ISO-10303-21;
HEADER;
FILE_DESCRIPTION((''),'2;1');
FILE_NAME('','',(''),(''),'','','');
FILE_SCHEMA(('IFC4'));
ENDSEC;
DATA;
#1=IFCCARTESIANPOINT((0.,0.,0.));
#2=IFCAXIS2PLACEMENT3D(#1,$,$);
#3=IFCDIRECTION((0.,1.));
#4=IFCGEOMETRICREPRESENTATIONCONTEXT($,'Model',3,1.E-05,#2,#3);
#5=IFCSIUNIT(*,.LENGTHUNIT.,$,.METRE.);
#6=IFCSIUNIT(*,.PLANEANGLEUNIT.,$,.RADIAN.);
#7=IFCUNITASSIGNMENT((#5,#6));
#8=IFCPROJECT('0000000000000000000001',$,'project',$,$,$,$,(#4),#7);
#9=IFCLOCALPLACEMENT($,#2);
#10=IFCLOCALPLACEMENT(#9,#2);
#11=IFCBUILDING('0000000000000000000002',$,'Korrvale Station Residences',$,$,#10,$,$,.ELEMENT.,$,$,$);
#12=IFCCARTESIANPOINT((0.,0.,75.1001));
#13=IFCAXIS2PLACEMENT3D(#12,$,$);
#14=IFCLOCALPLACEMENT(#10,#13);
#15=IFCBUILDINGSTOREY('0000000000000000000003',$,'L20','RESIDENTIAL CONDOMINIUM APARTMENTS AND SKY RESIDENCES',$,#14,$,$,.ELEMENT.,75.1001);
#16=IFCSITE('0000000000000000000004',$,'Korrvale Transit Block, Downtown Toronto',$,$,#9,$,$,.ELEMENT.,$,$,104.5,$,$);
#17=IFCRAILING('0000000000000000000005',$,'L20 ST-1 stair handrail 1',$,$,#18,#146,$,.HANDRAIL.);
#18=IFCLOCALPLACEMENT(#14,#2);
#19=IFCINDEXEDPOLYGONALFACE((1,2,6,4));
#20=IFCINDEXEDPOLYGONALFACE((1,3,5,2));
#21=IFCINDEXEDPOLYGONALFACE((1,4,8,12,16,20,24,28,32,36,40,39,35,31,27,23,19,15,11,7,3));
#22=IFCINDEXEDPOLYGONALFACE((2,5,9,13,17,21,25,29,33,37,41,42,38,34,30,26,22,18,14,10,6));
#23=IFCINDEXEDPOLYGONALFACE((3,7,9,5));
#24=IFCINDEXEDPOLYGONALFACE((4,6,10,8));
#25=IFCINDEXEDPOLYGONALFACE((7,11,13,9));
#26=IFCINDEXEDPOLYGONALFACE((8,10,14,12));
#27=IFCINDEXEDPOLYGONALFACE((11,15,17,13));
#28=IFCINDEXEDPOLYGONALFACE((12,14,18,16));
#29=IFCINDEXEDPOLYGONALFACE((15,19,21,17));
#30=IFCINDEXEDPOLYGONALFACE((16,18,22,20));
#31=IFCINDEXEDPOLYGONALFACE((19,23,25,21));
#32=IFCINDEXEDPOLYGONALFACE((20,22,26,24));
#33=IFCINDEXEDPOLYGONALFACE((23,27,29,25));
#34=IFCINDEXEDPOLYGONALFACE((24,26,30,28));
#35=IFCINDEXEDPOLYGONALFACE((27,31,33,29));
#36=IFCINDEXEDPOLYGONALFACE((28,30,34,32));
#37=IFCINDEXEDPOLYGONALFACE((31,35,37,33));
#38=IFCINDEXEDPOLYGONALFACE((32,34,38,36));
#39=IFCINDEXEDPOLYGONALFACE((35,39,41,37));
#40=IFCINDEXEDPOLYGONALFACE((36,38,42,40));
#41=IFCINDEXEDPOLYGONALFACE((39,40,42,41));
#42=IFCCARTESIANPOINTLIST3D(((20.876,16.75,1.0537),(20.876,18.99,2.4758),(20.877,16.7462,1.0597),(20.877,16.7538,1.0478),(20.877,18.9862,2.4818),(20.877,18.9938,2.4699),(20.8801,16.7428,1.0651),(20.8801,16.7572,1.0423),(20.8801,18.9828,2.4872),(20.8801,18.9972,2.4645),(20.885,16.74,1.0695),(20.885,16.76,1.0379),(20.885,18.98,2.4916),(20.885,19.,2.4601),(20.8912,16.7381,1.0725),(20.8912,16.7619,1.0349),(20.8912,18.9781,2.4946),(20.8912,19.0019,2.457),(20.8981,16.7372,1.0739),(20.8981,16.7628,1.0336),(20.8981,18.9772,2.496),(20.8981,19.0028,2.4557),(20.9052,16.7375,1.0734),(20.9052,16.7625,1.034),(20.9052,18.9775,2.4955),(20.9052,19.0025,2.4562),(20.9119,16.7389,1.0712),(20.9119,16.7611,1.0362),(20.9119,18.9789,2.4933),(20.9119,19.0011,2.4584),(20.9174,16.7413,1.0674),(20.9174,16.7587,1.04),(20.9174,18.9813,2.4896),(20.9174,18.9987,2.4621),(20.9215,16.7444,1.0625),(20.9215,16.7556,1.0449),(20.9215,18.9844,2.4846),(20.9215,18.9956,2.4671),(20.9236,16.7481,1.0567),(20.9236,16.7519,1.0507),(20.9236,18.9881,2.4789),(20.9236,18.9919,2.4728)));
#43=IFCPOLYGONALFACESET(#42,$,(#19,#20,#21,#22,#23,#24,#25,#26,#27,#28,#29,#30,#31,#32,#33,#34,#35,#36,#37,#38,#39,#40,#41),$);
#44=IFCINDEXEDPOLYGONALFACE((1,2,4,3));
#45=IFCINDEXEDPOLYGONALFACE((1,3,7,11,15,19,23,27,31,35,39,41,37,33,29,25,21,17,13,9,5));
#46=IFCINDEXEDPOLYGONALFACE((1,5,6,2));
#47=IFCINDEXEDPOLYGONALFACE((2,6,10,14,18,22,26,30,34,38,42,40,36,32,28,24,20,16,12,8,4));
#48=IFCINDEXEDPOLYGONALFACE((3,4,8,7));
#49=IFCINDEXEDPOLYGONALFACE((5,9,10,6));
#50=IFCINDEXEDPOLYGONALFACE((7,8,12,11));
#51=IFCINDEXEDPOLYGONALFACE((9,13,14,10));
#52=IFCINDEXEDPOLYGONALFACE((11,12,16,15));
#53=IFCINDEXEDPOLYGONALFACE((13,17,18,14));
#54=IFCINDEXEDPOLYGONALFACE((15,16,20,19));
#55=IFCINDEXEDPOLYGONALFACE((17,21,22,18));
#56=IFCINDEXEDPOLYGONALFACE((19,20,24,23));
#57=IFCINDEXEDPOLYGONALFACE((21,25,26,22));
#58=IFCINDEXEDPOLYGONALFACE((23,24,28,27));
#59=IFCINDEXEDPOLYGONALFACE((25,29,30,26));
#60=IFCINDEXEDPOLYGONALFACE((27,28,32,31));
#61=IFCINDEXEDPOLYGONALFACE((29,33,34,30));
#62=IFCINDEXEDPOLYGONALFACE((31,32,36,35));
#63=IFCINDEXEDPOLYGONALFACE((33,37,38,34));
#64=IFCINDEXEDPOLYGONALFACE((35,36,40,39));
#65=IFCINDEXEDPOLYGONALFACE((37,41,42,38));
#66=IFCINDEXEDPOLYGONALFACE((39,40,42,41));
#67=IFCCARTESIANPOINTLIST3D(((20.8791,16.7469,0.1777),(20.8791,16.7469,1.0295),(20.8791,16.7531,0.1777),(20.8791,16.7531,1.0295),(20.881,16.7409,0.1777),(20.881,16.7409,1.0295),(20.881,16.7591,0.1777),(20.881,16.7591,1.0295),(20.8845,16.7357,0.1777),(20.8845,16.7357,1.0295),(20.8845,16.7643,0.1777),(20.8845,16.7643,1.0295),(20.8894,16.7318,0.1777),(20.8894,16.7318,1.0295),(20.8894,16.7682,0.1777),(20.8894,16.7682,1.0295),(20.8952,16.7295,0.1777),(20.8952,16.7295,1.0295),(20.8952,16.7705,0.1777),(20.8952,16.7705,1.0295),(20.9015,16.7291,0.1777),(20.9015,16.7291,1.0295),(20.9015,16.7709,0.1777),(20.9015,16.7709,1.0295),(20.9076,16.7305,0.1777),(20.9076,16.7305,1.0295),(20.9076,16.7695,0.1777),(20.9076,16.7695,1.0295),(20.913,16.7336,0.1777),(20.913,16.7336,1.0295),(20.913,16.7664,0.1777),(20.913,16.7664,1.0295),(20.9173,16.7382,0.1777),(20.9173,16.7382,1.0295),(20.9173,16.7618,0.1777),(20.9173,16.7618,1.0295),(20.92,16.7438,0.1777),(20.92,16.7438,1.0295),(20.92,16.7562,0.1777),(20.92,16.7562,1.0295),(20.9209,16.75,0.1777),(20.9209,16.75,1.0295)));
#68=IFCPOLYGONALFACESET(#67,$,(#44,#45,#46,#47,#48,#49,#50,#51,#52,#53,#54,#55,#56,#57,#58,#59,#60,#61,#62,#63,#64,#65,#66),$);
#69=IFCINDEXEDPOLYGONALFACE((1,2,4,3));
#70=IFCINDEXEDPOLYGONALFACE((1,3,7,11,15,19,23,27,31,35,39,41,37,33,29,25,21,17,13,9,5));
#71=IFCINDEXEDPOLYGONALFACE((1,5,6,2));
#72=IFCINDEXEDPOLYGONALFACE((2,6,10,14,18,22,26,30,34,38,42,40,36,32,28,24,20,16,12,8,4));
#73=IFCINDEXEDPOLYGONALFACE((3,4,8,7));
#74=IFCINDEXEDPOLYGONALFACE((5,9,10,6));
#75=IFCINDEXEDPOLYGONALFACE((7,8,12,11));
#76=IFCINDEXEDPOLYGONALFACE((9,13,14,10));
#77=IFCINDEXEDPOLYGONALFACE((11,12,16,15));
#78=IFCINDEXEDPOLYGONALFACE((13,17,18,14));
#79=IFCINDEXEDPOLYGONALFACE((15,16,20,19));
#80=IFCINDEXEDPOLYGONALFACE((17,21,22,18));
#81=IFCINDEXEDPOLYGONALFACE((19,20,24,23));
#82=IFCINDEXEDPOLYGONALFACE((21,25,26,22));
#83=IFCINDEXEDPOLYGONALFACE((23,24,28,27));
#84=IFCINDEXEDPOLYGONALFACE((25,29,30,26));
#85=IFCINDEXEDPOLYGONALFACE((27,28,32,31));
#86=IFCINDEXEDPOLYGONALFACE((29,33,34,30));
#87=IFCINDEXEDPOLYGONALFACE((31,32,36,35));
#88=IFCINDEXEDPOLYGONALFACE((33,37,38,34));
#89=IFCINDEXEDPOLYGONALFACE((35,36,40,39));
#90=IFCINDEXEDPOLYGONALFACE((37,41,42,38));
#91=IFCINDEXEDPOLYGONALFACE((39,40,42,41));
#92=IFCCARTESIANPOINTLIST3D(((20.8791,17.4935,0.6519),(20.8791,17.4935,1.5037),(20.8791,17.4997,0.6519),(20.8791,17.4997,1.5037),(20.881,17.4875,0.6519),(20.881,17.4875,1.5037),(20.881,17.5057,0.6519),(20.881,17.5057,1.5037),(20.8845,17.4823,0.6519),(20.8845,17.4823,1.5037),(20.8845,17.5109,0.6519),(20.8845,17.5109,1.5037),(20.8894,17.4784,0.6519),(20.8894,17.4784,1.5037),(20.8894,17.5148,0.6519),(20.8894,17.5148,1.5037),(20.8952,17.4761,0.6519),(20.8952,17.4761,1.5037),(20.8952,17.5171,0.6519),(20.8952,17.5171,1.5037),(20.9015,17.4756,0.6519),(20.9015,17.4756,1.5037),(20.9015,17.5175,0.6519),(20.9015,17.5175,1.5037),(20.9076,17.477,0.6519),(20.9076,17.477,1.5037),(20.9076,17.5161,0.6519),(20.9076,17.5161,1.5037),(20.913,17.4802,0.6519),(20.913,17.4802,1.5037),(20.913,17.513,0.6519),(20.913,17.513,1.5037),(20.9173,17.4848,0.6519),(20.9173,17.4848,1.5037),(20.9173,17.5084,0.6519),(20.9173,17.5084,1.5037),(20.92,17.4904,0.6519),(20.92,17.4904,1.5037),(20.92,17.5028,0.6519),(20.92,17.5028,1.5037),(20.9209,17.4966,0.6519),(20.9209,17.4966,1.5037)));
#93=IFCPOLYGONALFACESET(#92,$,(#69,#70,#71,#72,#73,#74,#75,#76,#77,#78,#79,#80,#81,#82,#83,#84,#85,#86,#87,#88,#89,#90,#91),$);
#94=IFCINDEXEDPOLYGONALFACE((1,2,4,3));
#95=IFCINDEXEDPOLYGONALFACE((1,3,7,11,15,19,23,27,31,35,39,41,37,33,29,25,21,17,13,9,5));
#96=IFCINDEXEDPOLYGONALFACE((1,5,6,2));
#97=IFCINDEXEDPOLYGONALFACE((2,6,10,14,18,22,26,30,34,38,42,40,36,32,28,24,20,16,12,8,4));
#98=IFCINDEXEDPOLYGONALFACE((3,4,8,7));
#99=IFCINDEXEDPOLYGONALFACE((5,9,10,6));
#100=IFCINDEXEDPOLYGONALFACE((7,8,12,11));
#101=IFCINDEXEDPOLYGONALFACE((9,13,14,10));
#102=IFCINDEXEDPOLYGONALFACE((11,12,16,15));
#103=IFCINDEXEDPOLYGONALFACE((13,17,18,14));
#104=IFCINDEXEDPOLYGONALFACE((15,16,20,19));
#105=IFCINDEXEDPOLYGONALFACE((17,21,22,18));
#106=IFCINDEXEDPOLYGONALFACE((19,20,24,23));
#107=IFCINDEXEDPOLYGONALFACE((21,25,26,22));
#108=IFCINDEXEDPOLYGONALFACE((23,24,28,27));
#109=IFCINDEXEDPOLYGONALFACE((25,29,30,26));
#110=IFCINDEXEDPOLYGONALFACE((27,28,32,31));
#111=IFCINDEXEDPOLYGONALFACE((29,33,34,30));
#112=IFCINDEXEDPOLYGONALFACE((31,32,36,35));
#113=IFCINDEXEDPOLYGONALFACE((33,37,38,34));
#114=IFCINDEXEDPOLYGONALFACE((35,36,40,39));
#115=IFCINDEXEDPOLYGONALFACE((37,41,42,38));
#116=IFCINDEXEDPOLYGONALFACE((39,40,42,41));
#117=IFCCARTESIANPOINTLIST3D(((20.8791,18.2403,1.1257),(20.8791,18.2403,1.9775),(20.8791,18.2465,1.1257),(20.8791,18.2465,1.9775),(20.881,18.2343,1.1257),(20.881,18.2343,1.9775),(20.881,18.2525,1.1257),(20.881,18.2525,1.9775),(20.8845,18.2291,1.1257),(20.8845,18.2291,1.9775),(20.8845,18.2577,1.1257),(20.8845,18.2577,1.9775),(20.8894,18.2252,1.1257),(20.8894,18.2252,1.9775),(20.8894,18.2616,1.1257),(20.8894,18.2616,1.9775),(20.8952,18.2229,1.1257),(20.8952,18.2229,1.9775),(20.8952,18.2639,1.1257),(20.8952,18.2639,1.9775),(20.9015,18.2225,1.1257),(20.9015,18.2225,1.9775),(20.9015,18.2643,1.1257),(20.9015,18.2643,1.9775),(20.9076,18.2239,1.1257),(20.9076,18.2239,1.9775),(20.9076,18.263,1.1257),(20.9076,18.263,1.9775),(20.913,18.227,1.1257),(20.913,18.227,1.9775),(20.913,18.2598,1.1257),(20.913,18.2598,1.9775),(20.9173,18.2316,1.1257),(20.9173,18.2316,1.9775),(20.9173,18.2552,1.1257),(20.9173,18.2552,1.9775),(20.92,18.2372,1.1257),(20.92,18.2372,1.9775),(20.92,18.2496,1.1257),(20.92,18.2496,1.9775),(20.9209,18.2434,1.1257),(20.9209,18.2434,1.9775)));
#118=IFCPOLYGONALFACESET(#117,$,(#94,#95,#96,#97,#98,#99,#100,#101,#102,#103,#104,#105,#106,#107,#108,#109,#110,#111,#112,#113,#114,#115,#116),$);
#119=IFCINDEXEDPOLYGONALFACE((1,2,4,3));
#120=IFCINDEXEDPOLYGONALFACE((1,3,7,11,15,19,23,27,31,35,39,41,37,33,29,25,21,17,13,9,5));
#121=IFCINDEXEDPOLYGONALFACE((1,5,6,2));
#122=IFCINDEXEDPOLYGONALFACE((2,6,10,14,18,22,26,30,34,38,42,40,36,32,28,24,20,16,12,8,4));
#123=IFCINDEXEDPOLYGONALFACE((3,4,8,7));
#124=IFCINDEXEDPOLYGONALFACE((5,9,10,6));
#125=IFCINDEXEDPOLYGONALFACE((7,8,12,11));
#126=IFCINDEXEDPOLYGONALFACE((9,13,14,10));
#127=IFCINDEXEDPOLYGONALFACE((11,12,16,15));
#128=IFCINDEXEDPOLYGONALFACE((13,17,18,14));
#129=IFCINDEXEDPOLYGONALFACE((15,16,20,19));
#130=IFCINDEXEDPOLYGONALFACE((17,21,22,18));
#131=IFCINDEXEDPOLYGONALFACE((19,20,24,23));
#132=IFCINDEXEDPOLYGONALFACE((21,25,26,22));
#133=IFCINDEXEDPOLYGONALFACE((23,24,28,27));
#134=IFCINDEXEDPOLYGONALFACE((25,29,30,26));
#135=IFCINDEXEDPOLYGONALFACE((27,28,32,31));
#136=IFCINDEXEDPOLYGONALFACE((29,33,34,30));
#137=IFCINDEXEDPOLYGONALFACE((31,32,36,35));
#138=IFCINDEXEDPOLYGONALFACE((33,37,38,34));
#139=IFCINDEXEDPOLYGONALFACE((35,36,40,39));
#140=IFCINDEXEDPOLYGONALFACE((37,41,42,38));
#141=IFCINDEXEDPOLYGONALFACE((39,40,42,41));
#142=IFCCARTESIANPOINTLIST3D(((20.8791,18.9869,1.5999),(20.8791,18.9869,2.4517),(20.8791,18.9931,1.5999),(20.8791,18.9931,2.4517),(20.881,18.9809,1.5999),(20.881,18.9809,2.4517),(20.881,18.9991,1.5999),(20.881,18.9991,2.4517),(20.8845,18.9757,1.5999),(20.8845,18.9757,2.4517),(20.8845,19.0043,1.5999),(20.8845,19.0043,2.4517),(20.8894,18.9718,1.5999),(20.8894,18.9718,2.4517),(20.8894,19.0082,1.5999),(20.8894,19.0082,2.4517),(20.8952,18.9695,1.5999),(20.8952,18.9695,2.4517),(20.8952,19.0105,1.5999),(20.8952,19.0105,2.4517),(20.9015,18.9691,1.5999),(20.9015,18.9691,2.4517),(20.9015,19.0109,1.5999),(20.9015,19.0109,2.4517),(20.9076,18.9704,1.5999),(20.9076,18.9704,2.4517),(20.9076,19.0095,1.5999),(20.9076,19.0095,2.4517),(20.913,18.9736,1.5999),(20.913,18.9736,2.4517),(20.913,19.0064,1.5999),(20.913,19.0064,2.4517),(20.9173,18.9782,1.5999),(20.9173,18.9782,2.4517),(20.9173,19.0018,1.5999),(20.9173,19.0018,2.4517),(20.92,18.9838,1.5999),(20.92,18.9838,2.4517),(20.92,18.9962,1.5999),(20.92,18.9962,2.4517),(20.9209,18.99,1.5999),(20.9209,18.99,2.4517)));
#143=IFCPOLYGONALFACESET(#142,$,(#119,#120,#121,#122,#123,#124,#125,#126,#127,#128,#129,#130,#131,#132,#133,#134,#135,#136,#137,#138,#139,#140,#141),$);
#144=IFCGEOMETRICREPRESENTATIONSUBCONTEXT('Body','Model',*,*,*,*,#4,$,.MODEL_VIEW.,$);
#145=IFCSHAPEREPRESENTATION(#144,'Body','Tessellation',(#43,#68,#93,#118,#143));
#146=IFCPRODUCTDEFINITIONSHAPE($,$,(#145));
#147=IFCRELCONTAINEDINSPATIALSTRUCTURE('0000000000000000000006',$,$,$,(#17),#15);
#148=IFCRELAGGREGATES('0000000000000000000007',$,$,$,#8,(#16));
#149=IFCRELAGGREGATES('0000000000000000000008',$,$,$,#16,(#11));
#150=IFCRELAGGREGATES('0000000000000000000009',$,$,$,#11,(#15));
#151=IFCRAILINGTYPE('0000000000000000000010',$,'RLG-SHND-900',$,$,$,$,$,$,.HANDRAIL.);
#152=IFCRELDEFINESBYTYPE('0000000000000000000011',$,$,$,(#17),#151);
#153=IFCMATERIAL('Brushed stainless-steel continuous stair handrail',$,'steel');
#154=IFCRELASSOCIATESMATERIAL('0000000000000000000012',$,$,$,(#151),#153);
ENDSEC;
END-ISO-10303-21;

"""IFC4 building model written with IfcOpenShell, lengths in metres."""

from ifc_helpers import new_model, si_unit, direction, frame, origin, origin_2d, place, context, subcontext, project, spatial, circle, extrude, material, type_object, element, save


model = new_model("IFC4")

# Units and contexts
model_context = context("Model", 3, precision=1e-05, world=origin(), true_north=direction((0.0, 1.0)))
body_context = subcontext(model_context, "Body", "Model", "MODEL_VIEW")
ifc_project = project(units=[si_unit("LENGTHUNIT", "METRE"), si_unit("PLANEANGLEUNIT", "RADIAN")], contexts=[model_context])

# Site, building, storey
site_placement = place(None, origin())
site = spatial("IfcSite", under=ifc_project, at=site_placement, Name="Korrvale Transit Block, Downtown Toronto", CompositionType="ELEMENT", RefElevation=104.5)
building_placement = place(site_placement, origin())
building = spatial("IfcBuilding", under=site, at=building_placement, Name="Korrvale Station Residences", CompositionType="ELEMENT")
storey_placement = place(building_placement, frame((0.0, 0.0, 75.1001)))
storey = spatial("IfcBuildingStorey", under=building, at=storey_placement, Name="L20", Description="RESIDENTIAL CONDOMINIUM APARTMENTS AND SKY RESIDENCES", CompositionType="ELEMENT", Elevation=75.1001)

# Railing
ifc_material_1 = material(Name="Brushed stainless-steel continuous stair handrail", Category="steel")
railing_type_1 = type_object("IfcRailingType", Name="RLG-SHND-900", PredefinedType="HANDRAIL", material=ifc_material_1)
railing_1_placement = place(storey_placement, frame((20.8999, 16.75, 0.1777)))
element("IfcRailing", 1, at=railing_1_placement, inside=storey, type_object=railing_type_1, Name="L20 ST-1 stair handrail 1", PredefinedType="HANDRAIL", context=body_context, shape_type="SweptSolid", body=[
    extrude(circle(Radius=0.0239, at=origin_2d()), frame((0.0, 0.0, 0.876), z_axis=(0.0, 0.844229, 0.535982), x_axis=(-1.0, 0.0, 0.0)), (0.0, 0.0, 1.0), 2.6533),
    extrude(circle(Radius=0.021, at=origin_2d()), origin(), (0.0, 0.0, 1.0), 0.8518),
    extrude(circle(Radius=0.021, at=origin_2d()), frame((0.0, 0.7466, 0.4741)), (0.0, 0.0, 1.0), 0.8518),
    extrude(circle(Radius=0.021, at=origin_2d()), frame((0.0, 1.4934, 0.948)), (0.0, 0.0, 1.0), 0.8518),
    extrude(circle(Radius=0.021, at=origin_2d()), frame((0.0, 2.24, 1.4221)), (0.0, 0.0, 1.0), 0.8518),
])

save(model, "model.ifc")
